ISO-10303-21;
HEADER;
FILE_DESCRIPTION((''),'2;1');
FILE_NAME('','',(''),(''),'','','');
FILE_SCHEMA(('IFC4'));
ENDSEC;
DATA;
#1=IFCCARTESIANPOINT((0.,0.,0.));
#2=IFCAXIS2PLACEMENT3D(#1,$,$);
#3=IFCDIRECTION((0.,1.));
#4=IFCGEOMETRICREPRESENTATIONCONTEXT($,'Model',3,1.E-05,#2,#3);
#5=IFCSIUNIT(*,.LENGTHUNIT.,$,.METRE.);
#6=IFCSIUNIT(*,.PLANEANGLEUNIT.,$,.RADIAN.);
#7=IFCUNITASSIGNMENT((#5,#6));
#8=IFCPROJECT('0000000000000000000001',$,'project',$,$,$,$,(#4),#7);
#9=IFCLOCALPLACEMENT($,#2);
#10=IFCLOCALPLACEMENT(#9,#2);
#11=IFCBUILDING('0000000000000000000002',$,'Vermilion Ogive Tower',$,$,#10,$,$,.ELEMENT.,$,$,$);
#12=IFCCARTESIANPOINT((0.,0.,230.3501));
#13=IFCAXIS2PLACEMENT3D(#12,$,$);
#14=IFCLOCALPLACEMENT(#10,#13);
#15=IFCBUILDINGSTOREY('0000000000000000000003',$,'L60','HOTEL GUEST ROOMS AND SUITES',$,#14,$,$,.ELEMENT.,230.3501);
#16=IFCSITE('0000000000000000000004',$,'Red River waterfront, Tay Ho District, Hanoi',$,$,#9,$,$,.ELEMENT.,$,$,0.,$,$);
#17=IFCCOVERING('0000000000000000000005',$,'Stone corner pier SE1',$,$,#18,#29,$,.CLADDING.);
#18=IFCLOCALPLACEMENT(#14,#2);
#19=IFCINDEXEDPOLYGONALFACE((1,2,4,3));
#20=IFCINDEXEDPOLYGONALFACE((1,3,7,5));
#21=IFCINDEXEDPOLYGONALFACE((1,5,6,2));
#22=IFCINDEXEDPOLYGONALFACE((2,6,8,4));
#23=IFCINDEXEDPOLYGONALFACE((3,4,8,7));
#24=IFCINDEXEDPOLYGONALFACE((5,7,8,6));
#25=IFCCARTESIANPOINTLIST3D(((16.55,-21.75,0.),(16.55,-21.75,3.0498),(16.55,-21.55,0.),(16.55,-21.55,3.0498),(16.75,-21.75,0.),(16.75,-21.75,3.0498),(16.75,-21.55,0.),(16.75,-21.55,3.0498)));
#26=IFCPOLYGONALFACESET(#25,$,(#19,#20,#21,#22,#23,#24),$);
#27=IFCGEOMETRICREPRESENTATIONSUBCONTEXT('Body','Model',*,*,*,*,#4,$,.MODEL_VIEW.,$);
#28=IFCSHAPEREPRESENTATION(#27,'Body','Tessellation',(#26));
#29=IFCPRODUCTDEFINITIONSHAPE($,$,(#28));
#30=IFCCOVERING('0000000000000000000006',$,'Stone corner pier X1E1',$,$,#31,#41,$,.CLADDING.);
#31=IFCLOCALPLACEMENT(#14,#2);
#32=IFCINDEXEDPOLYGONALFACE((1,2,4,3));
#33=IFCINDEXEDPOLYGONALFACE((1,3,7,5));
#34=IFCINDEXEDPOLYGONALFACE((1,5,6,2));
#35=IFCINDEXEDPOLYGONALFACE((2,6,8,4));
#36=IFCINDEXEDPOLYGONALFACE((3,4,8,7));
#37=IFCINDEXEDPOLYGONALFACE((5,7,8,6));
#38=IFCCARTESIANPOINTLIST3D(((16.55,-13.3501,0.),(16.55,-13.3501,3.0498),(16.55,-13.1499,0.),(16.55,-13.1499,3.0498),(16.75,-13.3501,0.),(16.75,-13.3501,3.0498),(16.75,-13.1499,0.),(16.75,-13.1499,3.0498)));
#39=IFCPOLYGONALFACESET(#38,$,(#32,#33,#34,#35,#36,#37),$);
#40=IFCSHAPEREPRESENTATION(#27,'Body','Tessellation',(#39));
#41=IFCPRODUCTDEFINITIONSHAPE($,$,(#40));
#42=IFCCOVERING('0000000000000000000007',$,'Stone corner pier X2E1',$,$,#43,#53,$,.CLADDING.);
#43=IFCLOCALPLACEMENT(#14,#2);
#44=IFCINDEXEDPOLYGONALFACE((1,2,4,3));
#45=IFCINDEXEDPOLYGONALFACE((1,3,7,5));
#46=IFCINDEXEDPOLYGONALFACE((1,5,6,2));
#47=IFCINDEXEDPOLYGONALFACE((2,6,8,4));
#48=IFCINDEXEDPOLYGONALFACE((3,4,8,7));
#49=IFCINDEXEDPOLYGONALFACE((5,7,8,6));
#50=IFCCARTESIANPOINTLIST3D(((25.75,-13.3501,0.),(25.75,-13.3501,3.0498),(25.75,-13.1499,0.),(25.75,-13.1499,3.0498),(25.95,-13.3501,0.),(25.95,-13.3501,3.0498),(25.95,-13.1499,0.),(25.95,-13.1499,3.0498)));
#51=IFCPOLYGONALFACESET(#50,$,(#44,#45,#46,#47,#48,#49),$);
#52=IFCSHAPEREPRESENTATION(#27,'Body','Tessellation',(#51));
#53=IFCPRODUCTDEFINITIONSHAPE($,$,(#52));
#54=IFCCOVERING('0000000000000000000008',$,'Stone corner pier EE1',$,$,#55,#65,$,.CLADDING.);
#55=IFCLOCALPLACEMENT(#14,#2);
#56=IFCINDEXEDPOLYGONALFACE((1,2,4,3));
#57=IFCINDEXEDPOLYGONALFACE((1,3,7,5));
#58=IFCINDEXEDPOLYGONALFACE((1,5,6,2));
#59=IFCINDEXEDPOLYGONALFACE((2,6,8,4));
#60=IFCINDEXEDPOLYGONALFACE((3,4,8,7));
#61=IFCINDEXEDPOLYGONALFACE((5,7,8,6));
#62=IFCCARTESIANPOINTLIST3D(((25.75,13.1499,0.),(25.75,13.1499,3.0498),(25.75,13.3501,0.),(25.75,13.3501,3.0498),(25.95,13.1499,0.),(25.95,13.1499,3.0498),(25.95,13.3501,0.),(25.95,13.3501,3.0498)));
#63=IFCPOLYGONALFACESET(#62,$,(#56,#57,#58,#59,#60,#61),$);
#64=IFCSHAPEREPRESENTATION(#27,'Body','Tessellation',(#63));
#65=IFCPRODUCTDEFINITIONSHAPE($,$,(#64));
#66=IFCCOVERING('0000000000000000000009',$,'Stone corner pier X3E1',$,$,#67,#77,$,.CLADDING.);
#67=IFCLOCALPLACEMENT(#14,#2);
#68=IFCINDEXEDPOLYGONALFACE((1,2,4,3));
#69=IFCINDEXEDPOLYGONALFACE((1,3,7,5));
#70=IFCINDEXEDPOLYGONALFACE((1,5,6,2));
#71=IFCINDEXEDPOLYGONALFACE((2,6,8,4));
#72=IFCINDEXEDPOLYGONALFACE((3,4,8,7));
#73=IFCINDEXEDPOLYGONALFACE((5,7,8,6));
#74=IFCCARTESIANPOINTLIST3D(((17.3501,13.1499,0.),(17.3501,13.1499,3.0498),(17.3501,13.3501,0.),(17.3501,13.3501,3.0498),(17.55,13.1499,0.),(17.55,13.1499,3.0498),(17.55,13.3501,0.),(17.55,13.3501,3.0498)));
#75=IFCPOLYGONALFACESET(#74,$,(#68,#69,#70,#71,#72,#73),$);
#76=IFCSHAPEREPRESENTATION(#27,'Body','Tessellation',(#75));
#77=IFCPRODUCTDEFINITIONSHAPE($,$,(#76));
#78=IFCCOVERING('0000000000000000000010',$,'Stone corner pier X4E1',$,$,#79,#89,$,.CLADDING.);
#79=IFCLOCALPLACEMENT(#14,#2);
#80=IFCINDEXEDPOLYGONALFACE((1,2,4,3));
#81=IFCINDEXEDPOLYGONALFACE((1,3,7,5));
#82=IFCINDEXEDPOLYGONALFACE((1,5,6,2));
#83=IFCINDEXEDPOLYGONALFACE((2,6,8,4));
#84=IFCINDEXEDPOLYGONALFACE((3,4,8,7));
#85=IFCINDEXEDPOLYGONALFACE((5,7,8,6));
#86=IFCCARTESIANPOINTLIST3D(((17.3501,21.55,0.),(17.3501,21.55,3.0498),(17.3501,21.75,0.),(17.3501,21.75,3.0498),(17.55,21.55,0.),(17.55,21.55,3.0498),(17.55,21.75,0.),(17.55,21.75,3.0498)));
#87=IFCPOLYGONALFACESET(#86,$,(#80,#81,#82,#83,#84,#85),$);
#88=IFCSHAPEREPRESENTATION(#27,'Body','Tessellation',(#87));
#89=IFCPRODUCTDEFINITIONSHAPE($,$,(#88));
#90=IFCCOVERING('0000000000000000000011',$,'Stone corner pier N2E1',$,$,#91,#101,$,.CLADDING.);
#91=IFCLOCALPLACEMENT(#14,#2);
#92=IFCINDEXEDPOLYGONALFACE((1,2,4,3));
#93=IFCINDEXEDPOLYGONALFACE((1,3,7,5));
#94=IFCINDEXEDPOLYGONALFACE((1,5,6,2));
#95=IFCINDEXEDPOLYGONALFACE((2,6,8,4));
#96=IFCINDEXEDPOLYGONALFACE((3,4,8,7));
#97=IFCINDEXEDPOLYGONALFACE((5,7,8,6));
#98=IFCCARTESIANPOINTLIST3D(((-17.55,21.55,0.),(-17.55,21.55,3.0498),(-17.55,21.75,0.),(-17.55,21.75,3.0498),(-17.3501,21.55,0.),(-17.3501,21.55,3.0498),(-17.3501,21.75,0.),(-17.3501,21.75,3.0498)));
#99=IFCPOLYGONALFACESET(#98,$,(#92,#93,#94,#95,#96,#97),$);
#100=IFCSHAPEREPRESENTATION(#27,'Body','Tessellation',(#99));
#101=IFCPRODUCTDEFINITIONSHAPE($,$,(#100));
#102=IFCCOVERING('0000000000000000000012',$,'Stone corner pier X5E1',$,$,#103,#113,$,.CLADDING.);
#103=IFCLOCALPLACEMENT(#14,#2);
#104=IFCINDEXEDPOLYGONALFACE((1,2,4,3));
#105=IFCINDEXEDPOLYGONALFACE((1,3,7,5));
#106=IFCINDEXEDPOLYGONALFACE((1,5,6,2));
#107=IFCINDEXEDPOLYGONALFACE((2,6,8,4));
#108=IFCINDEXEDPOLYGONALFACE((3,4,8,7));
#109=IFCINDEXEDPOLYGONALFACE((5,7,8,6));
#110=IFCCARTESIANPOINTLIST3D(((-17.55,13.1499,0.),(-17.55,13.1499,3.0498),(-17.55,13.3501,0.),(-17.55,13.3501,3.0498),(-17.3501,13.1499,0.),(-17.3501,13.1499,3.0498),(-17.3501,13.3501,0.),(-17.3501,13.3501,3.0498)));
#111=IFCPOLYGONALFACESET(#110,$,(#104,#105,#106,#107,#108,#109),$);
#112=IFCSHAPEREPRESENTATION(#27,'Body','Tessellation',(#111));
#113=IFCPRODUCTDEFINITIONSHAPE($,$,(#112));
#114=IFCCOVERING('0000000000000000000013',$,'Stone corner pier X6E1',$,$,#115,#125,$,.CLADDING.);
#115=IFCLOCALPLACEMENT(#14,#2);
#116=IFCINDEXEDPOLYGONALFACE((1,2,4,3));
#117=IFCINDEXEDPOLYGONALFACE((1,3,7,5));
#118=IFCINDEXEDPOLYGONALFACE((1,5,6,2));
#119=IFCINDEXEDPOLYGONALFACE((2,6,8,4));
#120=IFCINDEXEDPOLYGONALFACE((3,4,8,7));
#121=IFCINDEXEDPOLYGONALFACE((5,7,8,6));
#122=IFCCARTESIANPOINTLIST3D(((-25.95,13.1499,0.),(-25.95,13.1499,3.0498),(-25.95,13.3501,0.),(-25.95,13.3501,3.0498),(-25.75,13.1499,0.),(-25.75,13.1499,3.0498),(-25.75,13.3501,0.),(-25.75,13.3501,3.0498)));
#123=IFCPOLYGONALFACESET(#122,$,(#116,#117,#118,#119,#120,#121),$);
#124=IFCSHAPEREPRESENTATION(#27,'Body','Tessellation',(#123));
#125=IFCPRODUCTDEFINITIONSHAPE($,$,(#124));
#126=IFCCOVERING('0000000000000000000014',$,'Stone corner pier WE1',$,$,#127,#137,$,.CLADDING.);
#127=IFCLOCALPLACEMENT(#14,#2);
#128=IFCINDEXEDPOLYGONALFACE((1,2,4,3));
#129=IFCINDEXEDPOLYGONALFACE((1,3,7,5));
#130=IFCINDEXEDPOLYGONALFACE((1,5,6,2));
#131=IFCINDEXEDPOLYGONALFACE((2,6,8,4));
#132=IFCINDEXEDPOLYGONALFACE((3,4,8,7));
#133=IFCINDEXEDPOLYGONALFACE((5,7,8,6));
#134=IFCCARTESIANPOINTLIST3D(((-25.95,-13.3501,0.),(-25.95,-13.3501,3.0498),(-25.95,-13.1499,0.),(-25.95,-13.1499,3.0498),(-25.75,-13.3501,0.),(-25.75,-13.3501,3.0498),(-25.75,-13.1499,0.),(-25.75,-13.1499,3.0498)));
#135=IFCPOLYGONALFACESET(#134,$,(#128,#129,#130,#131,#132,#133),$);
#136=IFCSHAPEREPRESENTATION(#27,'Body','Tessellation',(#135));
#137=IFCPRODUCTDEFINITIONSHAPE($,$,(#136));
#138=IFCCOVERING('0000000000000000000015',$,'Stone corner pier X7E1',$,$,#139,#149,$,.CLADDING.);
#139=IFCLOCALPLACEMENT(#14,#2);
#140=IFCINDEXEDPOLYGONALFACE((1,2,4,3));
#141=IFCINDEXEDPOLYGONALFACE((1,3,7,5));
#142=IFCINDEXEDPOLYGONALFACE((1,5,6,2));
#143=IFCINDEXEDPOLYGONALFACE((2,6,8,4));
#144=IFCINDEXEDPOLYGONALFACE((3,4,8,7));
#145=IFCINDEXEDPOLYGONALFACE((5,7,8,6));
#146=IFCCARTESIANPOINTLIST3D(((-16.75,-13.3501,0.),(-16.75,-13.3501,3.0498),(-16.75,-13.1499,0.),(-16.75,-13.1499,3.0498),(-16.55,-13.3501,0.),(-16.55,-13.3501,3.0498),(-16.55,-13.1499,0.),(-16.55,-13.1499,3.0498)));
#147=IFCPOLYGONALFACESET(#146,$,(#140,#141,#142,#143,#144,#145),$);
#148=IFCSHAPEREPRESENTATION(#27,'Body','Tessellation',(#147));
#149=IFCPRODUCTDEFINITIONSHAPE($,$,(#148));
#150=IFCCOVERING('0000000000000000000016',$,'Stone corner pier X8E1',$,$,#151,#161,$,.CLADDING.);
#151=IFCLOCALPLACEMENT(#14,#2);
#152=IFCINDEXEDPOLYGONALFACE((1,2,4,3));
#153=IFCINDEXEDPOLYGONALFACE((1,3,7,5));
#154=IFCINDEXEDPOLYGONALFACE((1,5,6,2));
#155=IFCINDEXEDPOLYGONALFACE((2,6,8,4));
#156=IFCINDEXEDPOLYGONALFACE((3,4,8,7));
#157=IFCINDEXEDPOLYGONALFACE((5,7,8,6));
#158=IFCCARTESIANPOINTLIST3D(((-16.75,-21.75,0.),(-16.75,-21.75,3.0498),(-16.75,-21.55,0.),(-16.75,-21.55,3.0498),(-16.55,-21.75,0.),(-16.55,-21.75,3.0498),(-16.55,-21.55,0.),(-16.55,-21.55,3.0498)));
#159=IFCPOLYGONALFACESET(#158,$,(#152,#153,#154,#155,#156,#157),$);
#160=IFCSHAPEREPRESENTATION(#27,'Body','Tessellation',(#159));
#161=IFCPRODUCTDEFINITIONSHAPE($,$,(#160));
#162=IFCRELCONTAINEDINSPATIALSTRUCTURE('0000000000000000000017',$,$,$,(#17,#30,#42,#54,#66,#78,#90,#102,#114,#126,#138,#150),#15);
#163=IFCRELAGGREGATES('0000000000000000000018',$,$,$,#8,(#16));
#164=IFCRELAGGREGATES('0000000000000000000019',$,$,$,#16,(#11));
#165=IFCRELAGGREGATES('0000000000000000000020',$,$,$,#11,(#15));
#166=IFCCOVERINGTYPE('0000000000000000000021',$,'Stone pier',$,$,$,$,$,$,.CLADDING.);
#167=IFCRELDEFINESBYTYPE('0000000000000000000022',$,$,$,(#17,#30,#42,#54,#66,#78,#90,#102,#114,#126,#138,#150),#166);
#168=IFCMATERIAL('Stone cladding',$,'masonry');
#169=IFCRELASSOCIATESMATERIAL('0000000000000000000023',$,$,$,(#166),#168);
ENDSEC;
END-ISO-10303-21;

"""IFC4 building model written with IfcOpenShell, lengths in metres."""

from ifc_helpers import new_model, si_unit, direction, frame, origin, place, context, subcontext, project, spatial, polyline, outline, extrude, material, type_object, element, save


model = new_model("IFC4")

# Units and contexts
model_context = context("Model", 3, precision=1e-05, world=origin(), true_north=direction((0.0, 1.0)))
body_context = subcontext(model_context, "Body", "Model", "MODEL_VIEW")
ifc_project = project(units=[si_unit("LENGTHUNIT", "METRE"), si_unit("PLANEANGLEUNIT", "RADIAN")], contexts=[model_context])

# Site, building, storey
site_placement = place(None, origin())
site = spatial("IfcSite", under=ifc_project, at=site_placement, Name="Red River waterfront, Tay Ho District, Hanoi", CompositionType="ELEMENT", RefElevation=0.0)
building_placement = place(site_placement, origin())
building = spatial("IfcBuilding", under=site, at=building_placement, Name="Vermilion Ogive Tower", CompositionType="ELEMENT")
storey_placement = place(building_placement, frame((0.0, 0.0, 230.3501)))
storey = spatial("IfcBuildingStorey", under=building, at=storey_placement, Name="L60", Description="HOTEL GUEST ROOMS AND SUITES", CompositionType="ELEMENT", Elevation=230.3501)

# Coverings
ifc_material_1 = material(Name="Stone cladding", Category="masonry")
covering_type_1 = type_object("IfcCoveringType", Name="Stone pier", PredefinedType="CLADDING", material=ifc_material_1)
covering_1_placement = place(storey_placement, origin())
element("IfcCovering", 1, at=covering_1_placement, inside=storey, type_object=covering_type_1, Name="Stone corner pier SE1", PredefinedType="CLADDING", context=body_context, shape_type="SweptSolid", body=[
    extrude(outline(polyline([(16.55, -21.55), (16.75, -21.55), (16.75, -21.75), (16.55, -21.75), (16.55, -21.55)])), origin(), (0.0, 0.0, 1.0), 3.0498),
])
covering_2_placement = place(storey_placement, origin())
element("IfcCovering", 2, at=covering_2_placement, inside=storey, type_object=covering_type_1, Name="Stone corner pier X1E1", PredefinedType="CLADDING", context=body_context, shape_type="SweptSolid", body=[
    extrude(outline(polyline([(16.55, -13.1499), (16.75, -13.1499), (16.75, -13.3501), (16.55, -13.3501), (16.55, -13.1499)])), origin(), (0.0, 0.0, 1.0), 3.0498),
])
covering_3_placement = place(storey_placement, origin())
element("IfcCovering", 3, at=covering_3_placement, inside=storey, type_object=covering_type_1, Name="Stone corner pier X2E1", PredefinedType="CLADDING", context=body_context, shape_type="SweptSolid", body=[
    extrude(outline(polyline([(25.75, -13.1499), (25.95, -13.1499), (25.95, -13.3501), (25.75, -13.3501), (25.75, -13.1499)])), origin(), (0.0, 0.0, 1.0), 3.0498),
])
covering_4_placement = place(storey_placement, origin())
element("IfcCovering", 4, at=covering_4_placement, inside=storey, type_object=covering_type_1, Name="Stone corner pier EE1", PredefinedType="CLADDING", context=body_context, shape_type="SweptSolid", body=[
    extrude(outline(polyline([(25.75, 13.1499), (25.75, 13.3501), (25.95, 13.3501), (25.95, 13.1499), (25.75, 13.1499)])), origin(), (0.0, 0.0, 1.0), 3.0498),
])
covering_5_placement = place(storey_placement, origin())
element("IfcCovering", 5, at=covering_5_placement, inside=storey, type_object=covering_type_1, Name="Stone corner pier X3E1", PredefinedType="CLADDING", context=body_context, shape_type="SweptSolid", body=[
    extrude(outline(polyline([(17.3501, 13.1499), (17.3501, 13.3501), (17.55, 13.3501), (17.55, 13.1499), (17.3501, 13.1499)])), origin(), (0.0, 0.0, 1.0), 3.0498),
])
covering_6_placement = place(storey_placement, origin())
element("IfcCovering", 6, at=covering_6_placement, inside=storey, type_object=covering_type_1, Name="Stone corner pier X4E1", PredefinedType="CLADDING", context=body_context, shape_type="SweptSolid", body=[
    extrude(outline(polyline([(17.3501, 21.55), (17.3501, 21.75), (17.55, 21.75), (17.55, 21.55), (17.3501, 21.55)])), origin(), (0.0, 0.0, 1.0), 3.0498),
])
covering_7_placement = place(storey_placement, origin())
element("IfcCovering", 7, at=covering_7_placement, inside=storey, type_object=covering_type_1, Name="Stone corner pier N2E1", PredefinedType="CLADDING", context=body_context, shape_type="SweptSolid", body=[
    extrude(outline(polyline([(-17.3501, 21.55), (-17.55, 21.55), (-17.55, 21.75), (-17.3501, 21.75), (-17.3501, 21.55)])), origin(), (0.0, 0.0, 1.0), 3.0498),
])
covering_8_placement = place(storey_placement, origin())
element("IfcCovering", 8, at=covering_8_placement, inside=storey, type_object=covering_type_1, Name="Stone corner pier X5E1", PredefinedType="CLADDING", context=body_context, shape_type="SweptSolid", body=[
    extrude(outline(polyline([(-17.3501, 13.1499), (-17.55, 13.1499), (-17.55, 13.3501), (-17.3501, 13.3501), (-17.3501, 13.1499)])), origin(), (0.0, 0.0, 1.0), 3.0498),
])
covering_9_placement = place(storey_placement, origin())
element("IfcCovering", 9, at=covering_9_placement, inside=storey, type_object=covering_type_1, Name="Stone corner pier X6E1", PredefinedType="CLADDING", context=body_context, shape_type="SweptSolid", body=[
    extrude(outline(polyline([(-25.75, 13.1499), (-25.95, 13.1499), (-25.95, 13.3501), (-25.75, 13.3501), (-25.75, 13.1499)])), origin(), (0.0, 0.0, 1.0), 3.0498),
])
covering_10_placement = place(storey_placement, origin())
element("IfcCovering", 10, at=covering_10_placement, inside=storey, type_object=covering_type_1, Name="Stone corner pier WE1", PredefinedType="CLADDING", context=body_context, shape_type="SweptSolid", body=[
    extrude(outline(polyline([(-25.75, -13.1499), (-25.75, -13.3501), (-25.95, -13.3501), (-25.95, -13.1499), (-25.75, -13.1499)])), origin(), (0.0, 0.0, 1.0), 3.0498),
])
covering_11_placement = place(storey_placement, origin())
element("IfcCovering", 11, at=covering_11_placement, inside=storey, type_object=covering_type_1, Name="Stone corner pier X7E1", PredefinedType="CLADDING", context=body_context, shape_type="SweptSolid", body=[
    extrude(outline(polyline([(-16.55, -13.1499), (-16.55, -13.3501), (-16.75, -13.3501), (-16.75, -13.1499), (-16.55, -13.1499)])), origin(), (0.0, 0.0, 1.0), 3.0498),
])
covering_12_placement = place(storey_placement, origin())
element("IfcCovering", 12, at=covering_12_placement, inside=storey, type_object=covering_type_1, Name="Stone corner pier X8E1", PredefinedType="CLADDING", context=body_context, shape_type="SweptSolid", body=[
    extrude(outline(polyline([(-16.55, -21.55), (-16.55, -21.75), (-16.75, -21.75), (-16.75, -21.55), (-16.55, -21.55)])), origin(), (0.0, 0.0, 1.0), 3.0498),
])

save(model, "model.ifc")
